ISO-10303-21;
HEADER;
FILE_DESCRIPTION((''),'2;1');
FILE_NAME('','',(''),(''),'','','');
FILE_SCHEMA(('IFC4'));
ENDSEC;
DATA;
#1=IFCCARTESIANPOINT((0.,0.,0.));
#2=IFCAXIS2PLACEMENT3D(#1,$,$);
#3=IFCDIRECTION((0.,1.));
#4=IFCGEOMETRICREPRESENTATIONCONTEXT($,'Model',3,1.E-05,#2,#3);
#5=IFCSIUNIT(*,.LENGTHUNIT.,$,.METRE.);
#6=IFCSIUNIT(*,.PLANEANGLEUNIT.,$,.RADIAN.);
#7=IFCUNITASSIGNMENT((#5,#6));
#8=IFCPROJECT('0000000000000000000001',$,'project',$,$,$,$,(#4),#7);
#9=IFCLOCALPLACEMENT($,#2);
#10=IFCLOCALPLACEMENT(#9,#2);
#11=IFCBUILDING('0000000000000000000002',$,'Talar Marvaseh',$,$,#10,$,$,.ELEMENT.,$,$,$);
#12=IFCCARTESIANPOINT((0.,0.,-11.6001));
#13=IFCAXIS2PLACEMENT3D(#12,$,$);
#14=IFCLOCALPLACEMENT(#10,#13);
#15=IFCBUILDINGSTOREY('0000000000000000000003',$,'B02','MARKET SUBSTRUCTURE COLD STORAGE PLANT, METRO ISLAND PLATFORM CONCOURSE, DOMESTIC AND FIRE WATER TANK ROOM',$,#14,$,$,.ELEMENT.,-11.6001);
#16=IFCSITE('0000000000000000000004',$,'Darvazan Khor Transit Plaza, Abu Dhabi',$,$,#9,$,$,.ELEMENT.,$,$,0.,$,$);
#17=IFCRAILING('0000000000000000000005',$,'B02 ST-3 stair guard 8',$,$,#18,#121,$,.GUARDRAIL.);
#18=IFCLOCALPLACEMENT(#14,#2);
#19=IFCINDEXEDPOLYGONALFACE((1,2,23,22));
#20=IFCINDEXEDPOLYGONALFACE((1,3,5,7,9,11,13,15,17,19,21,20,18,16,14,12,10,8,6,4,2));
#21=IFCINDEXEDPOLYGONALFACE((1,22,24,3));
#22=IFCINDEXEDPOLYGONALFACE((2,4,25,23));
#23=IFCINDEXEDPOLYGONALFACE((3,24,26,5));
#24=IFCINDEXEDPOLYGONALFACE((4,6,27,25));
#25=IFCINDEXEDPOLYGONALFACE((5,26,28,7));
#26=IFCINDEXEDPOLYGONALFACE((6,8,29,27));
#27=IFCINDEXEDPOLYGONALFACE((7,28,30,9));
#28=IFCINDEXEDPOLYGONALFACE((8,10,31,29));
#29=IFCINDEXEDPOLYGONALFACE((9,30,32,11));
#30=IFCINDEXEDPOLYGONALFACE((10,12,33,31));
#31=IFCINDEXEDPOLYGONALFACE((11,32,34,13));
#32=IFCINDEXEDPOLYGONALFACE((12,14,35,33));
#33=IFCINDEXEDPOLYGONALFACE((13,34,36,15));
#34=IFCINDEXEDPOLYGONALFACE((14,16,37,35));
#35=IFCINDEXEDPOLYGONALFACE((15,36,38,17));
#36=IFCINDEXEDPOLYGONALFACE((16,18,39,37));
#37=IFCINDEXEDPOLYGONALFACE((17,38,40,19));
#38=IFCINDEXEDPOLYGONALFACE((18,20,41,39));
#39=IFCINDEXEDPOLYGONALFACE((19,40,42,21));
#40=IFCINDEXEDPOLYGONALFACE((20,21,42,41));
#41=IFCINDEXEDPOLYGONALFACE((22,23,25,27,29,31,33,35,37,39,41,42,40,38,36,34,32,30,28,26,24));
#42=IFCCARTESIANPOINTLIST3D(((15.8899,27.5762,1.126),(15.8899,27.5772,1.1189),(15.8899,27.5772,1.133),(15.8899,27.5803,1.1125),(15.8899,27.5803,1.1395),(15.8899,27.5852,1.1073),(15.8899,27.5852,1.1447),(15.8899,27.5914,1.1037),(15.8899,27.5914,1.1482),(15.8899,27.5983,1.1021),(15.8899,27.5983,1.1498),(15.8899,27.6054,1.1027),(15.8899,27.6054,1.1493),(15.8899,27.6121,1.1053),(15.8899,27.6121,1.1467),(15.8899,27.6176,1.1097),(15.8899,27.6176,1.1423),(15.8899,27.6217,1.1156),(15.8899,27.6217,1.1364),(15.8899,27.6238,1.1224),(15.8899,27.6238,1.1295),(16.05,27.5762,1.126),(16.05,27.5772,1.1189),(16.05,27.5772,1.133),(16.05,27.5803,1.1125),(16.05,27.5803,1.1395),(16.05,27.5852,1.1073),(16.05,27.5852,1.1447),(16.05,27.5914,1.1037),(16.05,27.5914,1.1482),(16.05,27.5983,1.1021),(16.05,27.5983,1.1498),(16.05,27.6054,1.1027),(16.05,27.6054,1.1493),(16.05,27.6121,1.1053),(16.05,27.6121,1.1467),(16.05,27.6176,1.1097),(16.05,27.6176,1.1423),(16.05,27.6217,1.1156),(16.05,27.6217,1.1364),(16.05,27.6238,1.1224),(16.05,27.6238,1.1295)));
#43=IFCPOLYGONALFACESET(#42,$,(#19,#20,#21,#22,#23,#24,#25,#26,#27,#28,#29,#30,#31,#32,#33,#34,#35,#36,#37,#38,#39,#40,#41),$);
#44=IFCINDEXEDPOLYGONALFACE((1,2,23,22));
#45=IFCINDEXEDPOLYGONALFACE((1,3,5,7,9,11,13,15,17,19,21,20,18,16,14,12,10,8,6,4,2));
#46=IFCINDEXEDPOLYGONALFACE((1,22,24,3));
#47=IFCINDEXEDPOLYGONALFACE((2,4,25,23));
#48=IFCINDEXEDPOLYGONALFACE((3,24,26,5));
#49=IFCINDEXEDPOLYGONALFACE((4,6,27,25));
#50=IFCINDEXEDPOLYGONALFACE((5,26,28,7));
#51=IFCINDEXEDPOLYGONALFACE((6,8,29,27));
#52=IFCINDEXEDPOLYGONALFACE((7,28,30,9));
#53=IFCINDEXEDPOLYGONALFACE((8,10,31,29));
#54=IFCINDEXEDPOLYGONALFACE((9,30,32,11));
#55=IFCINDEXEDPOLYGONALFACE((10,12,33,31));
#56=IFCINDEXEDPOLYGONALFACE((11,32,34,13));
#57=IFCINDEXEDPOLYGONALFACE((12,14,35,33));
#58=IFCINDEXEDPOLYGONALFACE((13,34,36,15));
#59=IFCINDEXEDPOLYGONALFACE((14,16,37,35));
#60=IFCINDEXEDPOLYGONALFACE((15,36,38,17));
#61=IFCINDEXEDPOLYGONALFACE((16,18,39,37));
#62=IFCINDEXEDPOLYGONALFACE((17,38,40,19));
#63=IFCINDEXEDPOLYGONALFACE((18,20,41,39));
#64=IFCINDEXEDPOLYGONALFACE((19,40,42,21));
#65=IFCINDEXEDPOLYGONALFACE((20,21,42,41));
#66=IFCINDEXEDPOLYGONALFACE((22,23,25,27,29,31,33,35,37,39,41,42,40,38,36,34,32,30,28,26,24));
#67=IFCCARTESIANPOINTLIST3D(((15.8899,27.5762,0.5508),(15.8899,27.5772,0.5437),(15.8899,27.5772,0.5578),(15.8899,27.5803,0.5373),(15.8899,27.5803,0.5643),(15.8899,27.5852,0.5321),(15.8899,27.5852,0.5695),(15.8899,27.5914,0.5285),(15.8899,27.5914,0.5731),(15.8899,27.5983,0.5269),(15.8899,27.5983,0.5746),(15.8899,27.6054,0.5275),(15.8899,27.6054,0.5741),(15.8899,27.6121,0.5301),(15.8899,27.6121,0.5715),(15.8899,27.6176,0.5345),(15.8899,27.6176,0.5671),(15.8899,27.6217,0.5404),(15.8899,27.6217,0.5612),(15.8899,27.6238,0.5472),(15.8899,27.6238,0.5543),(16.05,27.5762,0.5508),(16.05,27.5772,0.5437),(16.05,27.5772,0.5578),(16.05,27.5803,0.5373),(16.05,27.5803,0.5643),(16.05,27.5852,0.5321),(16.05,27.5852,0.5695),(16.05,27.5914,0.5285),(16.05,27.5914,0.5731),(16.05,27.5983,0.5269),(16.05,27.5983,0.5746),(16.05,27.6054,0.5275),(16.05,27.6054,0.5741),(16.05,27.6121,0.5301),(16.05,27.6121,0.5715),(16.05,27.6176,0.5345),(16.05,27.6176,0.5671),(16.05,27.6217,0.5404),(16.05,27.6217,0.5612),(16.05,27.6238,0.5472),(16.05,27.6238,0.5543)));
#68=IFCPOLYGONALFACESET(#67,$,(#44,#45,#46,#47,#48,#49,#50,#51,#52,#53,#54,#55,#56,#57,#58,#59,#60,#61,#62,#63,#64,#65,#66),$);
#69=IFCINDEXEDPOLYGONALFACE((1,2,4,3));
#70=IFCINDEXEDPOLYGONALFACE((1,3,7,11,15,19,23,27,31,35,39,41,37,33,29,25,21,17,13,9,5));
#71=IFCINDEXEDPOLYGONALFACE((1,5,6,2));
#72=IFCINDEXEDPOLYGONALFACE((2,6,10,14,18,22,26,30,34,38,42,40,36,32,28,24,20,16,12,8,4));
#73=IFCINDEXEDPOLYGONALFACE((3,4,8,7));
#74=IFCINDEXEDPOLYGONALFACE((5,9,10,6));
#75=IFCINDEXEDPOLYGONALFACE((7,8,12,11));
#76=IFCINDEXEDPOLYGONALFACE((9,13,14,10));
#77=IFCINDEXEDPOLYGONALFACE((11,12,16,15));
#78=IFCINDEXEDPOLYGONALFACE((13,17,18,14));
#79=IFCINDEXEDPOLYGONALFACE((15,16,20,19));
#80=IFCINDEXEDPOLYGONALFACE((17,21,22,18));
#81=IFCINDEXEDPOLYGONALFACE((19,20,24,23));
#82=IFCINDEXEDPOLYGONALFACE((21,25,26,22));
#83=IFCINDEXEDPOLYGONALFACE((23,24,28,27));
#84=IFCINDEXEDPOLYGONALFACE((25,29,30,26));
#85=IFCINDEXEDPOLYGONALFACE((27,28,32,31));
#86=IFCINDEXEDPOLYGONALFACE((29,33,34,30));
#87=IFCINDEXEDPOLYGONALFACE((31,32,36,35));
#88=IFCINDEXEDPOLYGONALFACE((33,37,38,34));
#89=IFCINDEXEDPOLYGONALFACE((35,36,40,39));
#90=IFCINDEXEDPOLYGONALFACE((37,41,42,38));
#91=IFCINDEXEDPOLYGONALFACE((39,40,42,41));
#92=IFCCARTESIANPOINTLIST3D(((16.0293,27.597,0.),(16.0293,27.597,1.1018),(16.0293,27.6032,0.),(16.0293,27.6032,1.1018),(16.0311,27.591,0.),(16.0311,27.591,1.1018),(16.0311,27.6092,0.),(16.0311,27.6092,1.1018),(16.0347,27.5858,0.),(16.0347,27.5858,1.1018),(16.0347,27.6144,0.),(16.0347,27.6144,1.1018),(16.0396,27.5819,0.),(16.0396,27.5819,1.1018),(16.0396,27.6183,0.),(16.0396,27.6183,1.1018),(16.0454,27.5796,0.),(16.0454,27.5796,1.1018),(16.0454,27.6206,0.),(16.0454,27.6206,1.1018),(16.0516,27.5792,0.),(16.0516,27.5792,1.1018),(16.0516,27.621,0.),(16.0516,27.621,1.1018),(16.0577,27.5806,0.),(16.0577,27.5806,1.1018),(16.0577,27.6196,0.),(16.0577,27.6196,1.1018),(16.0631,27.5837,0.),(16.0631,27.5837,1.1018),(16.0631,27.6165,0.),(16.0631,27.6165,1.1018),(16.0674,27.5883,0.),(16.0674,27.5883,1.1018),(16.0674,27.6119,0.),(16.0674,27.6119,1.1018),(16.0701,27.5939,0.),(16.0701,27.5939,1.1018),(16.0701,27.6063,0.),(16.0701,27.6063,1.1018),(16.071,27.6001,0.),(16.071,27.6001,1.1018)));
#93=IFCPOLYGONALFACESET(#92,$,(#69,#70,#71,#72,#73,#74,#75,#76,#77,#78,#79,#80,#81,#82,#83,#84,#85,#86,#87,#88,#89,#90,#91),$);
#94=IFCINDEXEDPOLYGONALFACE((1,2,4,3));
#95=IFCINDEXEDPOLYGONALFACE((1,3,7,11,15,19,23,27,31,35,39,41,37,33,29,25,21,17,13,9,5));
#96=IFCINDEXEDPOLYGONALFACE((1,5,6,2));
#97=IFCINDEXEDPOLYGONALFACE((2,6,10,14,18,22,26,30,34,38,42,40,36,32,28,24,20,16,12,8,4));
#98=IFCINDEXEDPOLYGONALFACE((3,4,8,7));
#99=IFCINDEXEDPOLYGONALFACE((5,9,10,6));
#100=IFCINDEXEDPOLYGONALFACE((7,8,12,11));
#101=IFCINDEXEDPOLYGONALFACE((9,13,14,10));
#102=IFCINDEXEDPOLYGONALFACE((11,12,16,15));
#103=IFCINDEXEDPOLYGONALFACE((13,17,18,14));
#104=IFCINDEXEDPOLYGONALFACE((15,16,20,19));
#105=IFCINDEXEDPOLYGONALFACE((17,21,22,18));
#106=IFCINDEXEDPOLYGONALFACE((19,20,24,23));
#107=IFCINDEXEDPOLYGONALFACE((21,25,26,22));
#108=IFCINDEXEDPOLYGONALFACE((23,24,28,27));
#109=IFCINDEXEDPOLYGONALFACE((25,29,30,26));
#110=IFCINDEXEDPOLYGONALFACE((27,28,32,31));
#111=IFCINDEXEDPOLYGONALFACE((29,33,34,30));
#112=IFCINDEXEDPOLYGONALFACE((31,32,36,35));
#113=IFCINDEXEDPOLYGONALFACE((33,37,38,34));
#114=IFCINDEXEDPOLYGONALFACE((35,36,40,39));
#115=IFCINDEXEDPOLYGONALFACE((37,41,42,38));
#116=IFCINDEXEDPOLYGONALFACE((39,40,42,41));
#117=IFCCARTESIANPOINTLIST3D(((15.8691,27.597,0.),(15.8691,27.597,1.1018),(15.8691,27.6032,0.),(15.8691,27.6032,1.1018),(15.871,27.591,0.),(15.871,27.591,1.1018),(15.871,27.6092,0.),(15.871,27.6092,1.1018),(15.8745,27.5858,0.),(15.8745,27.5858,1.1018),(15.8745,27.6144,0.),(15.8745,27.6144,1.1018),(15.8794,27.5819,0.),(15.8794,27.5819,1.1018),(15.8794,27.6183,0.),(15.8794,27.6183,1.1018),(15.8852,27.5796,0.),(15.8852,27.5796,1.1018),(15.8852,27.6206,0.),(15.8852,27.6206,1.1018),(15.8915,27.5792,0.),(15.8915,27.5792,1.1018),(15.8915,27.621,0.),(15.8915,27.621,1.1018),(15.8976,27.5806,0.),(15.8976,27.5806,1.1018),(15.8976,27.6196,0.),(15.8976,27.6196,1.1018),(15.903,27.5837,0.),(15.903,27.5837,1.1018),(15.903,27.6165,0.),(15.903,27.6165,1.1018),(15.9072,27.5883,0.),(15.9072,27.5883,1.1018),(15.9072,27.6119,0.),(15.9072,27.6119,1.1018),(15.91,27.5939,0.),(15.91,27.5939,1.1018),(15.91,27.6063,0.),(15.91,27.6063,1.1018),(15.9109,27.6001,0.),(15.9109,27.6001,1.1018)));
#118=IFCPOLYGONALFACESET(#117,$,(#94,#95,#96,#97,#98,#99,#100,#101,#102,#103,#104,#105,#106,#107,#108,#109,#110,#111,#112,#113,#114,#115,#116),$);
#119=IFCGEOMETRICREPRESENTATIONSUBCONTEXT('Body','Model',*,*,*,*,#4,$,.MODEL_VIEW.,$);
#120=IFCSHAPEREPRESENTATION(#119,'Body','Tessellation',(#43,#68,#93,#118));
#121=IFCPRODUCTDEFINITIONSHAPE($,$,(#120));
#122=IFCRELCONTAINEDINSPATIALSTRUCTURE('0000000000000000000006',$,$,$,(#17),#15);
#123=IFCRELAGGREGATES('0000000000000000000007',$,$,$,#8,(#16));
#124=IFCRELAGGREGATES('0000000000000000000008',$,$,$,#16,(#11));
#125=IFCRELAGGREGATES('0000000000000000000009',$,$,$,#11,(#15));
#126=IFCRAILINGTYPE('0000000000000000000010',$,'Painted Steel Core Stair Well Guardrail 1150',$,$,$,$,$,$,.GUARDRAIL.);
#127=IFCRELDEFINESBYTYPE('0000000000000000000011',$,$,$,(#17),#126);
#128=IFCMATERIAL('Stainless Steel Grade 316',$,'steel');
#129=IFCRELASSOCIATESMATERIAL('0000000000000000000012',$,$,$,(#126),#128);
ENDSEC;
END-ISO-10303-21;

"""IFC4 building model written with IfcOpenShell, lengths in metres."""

from ifc_helpers import new_model, si_unit, direction, frame, origin, origin_2d, place, context, subcontext, project, spatial, circle, extrude, material, type_object, element, save


model = new_model("IFC4")

# Units and contexts
model_context = context("Model", 3, precision=1e-05, world=origin(), true_north=direction((0.0, 1.0)))
body_context = subcontext(model_context, "Body", "Model", "MODEL_VIEW")
ifc_project = project(units=[si_unit("LENGTHUNIT", "METRE"), si_unit("PLANEANGLEUNIT", "RADIAN")], contexts=[model_context])

# Site, building, storey
site_placement = place(None, origin())
site = spatial("IfcSite", under=ifc_project, at=site_placement, Name="Darvazan Khor Transit Plaza, Abu Dhabi", CompositionType="ELEMENT", RefElevation=0.0)
building_placement = place(site_placement, origin())
building = spatial("IfcBuilding", under=site, at=building_placement, Name="Talar Marvaseh", CompositionType="ELEMENT")
storey_placement = place(building_placement, frame((0.0, 0.0, -11.6001)))
storey = spatial("IfcBuildingStorey", under=building, at=storey_placement, Name="B02", Description="MARKET SUBSTRUCTURE COLD STORAGE PLANT, METRO ISLAND PLATFORM CONCOURSE, DOMESTIC AND FIRE WATER TANK ROOM", CompositionType="ELEMENT", Elevation=-11.6001)

# Railing
ifc_material_1 = material(Name="Stainless Steel Grade 316", Category="steel")
railing_type = type_object("IfcRailingType", Name="Painted Steel Core Stair Well Guardrail 1150", PredefinedType="GUARDRAIL", material=ifc_material_1)
railing_1_placement = place(storey_placement, frame((16.05, 27.6001, 0.0)))
element("IfcRailing", 1, at=railing_1_placement, inside=storey, type_object=railing_type, Name="B02 ST-3 stair guard 8", PredefinedType="GUARDRAIL", context=body_context, shape_type="SweptSolid", body=[
    extrude(circle(Radius=0.0239, at=origin_2d()), frame((0.0, 0.0, 1.126), z_axis=(-1.0, 0.0, 0.0), x_axis=(0.0, -1.0, 0.0)), (0.0, 0.0, 1.0), 0.1602),
    extrude(circle(Radius=0.0239, at=origin_2d()), frame((0.0, 0.0, 0.5508), z_axis=(-1.0, 0.0, 0.0), x_axis=(0.0, -1.0, 0.0)), (0.0, 0.0, 1.0), 0.1602),
    extrude(circle(Radius=0.021, at=origin_2d()), origin(), (0.0, 0.0, 1.0), 1.1018),
    extrude(circle(Radius=0.021, at=origin_2d()), frame((-0.1602, 0.0, 0.0)), (0.0, 0.0, 1.0), 1.1018),
])

save(model, "model.ifc")
